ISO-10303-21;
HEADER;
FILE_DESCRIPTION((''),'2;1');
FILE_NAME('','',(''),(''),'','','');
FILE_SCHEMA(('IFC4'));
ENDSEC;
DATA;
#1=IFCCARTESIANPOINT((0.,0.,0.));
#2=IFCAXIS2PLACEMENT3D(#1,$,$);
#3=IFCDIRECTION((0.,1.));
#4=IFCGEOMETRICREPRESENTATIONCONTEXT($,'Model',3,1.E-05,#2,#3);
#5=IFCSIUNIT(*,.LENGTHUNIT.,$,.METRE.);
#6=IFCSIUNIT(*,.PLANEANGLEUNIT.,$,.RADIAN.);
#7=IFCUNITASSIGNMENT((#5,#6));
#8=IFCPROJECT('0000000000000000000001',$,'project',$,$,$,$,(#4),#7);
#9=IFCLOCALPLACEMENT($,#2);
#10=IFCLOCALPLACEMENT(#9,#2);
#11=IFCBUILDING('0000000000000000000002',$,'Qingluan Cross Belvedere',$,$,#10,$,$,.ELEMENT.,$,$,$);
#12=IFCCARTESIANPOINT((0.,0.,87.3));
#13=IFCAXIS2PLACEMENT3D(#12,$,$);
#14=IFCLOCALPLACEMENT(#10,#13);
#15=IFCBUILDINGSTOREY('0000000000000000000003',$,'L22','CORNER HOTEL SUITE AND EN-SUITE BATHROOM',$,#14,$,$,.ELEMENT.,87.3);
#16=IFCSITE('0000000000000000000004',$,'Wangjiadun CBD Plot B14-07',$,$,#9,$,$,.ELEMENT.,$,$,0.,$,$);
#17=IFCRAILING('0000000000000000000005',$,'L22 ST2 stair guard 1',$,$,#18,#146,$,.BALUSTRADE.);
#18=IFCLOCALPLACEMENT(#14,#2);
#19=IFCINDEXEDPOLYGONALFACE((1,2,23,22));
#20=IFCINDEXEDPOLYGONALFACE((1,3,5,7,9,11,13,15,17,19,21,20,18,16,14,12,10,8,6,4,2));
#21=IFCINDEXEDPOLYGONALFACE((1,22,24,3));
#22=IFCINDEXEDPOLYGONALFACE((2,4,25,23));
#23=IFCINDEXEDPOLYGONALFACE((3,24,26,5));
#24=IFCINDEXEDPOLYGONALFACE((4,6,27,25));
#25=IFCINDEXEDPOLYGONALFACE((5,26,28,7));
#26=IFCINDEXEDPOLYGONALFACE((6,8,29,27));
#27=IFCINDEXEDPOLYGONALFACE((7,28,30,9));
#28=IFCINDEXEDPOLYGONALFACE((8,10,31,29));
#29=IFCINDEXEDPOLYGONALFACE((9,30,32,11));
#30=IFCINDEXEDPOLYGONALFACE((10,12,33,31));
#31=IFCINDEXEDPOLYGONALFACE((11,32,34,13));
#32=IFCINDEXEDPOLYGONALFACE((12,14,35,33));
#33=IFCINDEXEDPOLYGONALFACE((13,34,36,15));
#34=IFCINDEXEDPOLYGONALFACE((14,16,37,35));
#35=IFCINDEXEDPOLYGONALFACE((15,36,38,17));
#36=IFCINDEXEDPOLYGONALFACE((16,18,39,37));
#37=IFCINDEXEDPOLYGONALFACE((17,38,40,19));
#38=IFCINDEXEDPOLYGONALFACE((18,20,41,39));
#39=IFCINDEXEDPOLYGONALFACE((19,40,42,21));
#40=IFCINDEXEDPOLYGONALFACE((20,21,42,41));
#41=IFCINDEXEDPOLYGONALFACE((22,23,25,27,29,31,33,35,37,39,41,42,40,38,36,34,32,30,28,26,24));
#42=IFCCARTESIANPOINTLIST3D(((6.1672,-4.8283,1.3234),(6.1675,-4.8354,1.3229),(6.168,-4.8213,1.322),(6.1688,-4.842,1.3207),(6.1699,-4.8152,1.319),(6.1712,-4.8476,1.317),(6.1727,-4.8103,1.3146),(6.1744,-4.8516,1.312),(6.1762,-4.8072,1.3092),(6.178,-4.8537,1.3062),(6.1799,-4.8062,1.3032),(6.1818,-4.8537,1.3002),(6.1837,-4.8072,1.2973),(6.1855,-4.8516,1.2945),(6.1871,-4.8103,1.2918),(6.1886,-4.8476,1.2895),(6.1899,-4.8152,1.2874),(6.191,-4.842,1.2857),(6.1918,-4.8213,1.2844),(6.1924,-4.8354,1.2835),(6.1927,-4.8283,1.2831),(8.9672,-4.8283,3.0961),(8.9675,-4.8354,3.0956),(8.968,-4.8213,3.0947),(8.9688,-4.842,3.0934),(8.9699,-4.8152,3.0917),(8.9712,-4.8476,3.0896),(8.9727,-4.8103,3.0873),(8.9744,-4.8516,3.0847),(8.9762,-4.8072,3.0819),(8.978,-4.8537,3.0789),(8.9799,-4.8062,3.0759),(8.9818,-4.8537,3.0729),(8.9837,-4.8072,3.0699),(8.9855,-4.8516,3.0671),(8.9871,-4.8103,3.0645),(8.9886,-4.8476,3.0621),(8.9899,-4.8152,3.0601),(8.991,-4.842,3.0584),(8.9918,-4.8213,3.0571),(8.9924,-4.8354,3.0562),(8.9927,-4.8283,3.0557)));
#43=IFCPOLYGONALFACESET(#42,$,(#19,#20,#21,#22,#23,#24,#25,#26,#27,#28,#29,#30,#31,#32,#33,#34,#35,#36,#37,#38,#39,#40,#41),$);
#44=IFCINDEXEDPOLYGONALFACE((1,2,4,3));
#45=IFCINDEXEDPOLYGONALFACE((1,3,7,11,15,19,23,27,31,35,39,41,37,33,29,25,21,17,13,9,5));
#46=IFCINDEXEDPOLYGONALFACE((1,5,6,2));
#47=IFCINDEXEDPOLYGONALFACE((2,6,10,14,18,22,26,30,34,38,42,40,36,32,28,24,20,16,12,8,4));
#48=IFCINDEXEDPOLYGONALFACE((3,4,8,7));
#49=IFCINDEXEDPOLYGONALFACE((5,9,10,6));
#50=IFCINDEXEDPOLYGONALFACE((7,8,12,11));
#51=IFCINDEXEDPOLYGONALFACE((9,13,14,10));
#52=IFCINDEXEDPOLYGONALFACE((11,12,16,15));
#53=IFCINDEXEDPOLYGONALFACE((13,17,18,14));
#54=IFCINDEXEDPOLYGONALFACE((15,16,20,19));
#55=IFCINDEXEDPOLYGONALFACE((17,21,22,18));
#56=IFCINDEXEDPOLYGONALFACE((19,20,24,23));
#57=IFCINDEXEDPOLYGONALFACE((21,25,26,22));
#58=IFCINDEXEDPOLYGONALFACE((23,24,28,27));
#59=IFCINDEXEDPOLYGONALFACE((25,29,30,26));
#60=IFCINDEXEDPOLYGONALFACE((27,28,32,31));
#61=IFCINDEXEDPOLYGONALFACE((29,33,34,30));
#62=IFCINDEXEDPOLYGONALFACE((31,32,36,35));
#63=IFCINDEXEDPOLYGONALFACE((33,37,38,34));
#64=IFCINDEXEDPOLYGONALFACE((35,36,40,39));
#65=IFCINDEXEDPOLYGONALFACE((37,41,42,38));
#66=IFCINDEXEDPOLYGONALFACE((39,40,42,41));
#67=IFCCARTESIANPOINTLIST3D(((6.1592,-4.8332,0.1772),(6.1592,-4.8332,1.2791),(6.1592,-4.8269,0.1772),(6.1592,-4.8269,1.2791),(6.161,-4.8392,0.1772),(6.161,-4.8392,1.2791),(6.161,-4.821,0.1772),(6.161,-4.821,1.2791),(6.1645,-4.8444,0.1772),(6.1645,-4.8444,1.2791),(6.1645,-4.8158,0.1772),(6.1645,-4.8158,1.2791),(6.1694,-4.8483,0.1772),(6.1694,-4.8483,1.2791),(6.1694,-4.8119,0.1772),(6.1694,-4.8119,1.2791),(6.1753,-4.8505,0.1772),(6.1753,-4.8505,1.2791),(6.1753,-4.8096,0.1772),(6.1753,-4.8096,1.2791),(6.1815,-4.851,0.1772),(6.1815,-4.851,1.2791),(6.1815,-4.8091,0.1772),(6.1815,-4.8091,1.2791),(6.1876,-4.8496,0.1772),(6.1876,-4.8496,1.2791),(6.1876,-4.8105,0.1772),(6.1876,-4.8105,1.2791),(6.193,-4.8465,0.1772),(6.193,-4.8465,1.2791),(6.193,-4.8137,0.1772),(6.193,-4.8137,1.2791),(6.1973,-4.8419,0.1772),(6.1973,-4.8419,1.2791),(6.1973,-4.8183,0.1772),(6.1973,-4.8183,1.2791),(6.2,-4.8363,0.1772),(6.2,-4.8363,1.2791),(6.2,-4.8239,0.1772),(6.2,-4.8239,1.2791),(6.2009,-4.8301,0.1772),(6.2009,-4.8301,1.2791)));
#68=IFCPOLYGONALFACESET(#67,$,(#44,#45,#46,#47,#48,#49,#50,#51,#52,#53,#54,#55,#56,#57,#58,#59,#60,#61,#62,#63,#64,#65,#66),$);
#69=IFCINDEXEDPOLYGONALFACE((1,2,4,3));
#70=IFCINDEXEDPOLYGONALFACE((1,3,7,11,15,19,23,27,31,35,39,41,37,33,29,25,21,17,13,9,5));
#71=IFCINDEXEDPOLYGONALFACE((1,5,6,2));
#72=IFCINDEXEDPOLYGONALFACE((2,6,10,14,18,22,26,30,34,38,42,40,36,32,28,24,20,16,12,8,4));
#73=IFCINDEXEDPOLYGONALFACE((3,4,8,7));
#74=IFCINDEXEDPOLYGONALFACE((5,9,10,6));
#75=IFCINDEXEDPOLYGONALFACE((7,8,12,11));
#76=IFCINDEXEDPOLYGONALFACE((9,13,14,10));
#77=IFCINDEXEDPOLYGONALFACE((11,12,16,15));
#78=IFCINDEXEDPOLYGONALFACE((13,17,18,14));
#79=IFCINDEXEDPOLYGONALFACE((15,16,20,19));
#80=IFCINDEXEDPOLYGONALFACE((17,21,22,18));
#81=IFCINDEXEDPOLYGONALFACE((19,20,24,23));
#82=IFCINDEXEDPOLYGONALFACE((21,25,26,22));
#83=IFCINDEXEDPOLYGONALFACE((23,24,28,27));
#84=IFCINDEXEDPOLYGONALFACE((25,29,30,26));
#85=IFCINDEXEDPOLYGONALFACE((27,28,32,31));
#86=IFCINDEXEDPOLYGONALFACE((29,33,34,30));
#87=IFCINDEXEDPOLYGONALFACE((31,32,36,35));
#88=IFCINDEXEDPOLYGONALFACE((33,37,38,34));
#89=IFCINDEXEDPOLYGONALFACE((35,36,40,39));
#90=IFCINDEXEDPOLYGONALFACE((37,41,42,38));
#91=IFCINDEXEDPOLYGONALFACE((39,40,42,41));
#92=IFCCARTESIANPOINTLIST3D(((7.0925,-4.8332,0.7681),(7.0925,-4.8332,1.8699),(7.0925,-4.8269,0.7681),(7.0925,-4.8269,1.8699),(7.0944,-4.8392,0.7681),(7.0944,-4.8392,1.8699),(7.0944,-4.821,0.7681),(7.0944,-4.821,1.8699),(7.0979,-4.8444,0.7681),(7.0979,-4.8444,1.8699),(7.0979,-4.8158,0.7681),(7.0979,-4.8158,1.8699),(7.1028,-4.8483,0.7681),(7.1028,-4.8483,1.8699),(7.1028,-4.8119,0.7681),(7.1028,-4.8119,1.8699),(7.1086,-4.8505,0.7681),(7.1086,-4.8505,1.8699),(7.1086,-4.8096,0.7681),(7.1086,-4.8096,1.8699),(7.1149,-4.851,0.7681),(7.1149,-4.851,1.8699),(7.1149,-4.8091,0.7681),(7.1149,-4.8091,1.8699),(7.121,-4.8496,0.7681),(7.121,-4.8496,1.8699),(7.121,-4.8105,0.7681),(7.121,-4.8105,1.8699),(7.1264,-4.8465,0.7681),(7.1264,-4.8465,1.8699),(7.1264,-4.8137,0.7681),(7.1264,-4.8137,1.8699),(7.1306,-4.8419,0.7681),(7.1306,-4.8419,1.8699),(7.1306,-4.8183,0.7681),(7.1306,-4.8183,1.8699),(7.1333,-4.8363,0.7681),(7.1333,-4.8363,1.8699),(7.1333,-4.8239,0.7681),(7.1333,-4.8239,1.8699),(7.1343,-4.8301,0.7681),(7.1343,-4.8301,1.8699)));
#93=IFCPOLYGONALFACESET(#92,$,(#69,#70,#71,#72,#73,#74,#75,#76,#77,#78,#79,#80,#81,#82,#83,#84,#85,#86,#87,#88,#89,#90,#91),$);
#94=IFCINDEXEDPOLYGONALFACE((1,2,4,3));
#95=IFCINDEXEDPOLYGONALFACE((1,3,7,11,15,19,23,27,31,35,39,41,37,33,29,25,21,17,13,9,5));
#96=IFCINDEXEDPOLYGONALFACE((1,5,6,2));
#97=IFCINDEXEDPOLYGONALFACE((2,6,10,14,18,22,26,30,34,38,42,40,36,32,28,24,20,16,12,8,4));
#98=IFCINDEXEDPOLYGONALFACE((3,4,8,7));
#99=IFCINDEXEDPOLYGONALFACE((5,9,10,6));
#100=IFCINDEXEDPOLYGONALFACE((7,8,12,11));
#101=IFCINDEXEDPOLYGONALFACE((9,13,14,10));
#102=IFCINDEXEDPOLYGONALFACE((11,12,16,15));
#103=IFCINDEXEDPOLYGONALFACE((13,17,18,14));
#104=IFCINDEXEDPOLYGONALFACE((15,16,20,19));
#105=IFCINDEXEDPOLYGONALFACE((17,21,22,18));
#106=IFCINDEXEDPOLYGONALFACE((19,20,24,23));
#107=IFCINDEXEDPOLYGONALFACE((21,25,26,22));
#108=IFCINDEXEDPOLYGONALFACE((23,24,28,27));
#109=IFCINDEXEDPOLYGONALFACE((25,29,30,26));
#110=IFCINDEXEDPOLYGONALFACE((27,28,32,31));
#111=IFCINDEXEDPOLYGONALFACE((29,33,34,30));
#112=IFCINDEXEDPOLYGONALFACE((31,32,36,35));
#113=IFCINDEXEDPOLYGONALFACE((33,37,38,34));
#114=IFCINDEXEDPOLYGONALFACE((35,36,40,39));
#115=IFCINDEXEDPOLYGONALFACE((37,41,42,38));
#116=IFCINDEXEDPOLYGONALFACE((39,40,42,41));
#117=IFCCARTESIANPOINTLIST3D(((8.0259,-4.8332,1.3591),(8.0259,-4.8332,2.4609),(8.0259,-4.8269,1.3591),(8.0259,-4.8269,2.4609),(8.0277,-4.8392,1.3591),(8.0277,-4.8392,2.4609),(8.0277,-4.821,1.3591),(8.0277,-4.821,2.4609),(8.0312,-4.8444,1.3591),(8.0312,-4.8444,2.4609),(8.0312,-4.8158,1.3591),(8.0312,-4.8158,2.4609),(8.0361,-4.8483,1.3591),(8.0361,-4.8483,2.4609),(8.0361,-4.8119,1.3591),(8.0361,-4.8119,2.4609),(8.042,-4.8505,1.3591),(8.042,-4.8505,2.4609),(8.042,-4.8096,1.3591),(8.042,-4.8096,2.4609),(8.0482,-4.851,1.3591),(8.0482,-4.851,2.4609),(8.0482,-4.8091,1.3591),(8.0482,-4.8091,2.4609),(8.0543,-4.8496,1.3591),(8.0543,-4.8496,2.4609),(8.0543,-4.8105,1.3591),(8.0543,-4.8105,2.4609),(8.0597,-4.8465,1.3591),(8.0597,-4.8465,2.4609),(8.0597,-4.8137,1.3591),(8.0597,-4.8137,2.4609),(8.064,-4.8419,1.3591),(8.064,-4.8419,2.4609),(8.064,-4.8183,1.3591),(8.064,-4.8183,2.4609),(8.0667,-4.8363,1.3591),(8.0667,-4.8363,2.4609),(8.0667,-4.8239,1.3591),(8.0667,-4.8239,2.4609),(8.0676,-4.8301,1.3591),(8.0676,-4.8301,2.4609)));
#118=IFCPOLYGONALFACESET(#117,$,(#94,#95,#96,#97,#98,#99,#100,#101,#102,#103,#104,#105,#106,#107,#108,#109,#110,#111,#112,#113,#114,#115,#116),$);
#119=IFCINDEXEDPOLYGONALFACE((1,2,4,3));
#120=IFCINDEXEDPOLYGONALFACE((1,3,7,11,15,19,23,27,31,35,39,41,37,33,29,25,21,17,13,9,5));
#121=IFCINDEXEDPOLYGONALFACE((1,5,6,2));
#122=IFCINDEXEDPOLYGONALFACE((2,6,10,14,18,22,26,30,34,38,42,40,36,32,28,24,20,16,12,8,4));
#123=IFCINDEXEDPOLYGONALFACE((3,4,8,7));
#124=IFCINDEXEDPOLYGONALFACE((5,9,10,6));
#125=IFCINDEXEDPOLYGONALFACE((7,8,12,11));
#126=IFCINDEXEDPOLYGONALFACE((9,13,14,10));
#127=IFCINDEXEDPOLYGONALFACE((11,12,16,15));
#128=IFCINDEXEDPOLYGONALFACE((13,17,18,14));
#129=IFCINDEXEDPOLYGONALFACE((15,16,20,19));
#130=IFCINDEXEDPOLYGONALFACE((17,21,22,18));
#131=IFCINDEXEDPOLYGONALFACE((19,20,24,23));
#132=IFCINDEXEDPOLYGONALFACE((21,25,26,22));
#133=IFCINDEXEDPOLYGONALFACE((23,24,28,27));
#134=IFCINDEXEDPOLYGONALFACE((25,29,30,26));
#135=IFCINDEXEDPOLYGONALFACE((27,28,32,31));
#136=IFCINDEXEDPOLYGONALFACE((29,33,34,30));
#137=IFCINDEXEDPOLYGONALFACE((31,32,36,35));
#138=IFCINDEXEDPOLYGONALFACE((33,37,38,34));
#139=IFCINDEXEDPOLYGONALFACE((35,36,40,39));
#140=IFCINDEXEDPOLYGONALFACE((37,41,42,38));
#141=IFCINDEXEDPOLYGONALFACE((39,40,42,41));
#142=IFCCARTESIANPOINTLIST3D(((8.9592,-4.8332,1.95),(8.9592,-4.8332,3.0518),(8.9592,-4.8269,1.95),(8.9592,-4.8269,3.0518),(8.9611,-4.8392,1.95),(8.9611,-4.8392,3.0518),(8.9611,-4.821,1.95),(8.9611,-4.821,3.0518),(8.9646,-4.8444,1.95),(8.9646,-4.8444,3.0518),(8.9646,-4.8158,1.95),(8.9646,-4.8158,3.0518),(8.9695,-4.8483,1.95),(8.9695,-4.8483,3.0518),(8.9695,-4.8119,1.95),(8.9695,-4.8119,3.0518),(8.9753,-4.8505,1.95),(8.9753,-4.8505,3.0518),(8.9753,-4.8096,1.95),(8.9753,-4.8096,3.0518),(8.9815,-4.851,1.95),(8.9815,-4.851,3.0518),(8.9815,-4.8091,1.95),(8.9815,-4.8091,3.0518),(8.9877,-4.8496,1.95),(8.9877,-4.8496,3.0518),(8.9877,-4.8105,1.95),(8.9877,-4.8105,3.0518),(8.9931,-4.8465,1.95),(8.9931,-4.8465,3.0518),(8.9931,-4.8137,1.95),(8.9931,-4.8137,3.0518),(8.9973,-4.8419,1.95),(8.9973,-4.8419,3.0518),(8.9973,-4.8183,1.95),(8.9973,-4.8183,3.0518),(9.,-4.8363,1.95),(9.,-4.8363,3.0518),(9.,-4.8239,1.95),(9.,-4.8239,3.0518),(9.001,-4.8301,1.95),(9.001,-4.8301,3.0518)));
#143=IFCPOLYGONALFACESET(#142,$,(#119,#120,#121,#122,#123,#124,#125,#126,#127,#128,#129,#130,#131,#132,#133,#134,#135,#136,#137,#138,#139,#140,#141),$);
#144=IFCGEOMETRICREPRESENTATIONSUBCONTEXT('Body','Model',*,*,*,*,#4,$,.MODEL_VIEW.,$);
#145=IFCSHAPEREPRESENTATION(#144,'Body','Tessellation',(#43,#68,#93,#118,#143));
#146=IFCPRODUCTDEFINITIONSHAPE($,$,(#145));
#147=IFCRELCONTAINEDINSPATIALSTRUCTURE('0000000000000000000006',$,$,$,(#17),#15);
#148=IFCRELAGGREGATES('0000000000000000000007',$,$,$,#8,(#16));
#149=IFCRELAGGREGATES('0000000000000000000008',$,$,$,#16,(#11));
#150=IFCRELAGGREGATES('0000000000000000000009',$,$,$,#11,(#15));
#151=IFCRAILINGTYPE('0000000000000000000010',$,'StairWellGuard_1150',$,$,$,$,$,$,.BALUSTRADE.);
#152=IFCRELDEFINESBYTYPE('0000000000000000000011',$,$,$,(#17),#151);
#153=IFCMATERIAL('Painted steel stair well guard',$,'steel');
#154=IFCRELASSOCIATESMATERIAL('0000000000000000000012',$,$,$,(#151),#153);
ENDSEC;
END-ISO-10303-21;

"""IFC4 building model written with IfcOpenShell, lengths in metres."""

from ifc_helpers import new_model, si_unit, direction, frame, origin, origin_2d, place, context, subcontext, project, spatial, circle, extrude, material, type_object, element, save


model = new_model("IFC4")

# Units and contexts
model_context = context("Model", 3, precision=1e-05, world=origin(), true_north=direction((0.0, 1.0)))
body_context = subcontext(model_context, "Body", "Model", "MODEL_VIEW")
ifc_project = project(units=[si_unit("LENGTHUNIT", "METRE"), si_unit("PLANEANGLEUNIT", "RADIAN")], contexts=[model_context])

# Site, building, storey
site_placement = place(None, origin())
site = spatial("IfcSite", under=ifc_project, at=site_placement, Name="Wangjiadun CBD Plot B14-07", CompositionType="ELEMENT", RefElevation=0.0)
building_placement = place(site_placement, origin())
building = spatial("IfcBuilding", under=site, at=building_placement, Name="Qingluan Cross Belvedere", CompositionType="ELEMENT")
storey_placement = place(building_placement, frame((0.0, 0.0, 87.3)))
storey = spatial("IfcBuildingStorey", under=building, at=storey_placement, Name="L22", Description="CORNER HOTEL SUITE AND EN-SUITE BATHROOM", CompositionType="ELEMENT", Elevation=87.3)

# Railing
ifc_material_1 = material(Name="Painted steel stair well guard", Category="steel")
railing_type_1 = type_object("IfcRailingType", Name="StairWellGuard_1150", PredefinedType="BALUSTRADE", material=ifc_material_1)
railing_1_placement = place(storey_placement, frame((6.1799, -4.8301, 0.1772)))
element("IfcRailing", 1, at=railing_1_placement, inside=storey, type_object=railing_type_1, Name="L22 ST2 stair guard 1", PredefinedType="BALUSTRADE", context=body_context, shape_type="SweptSolid", body=[
    extrude(circle(Radius=0.0239, at=origin_2d()), frame((0.0, 0.0, 1.126), z_axis=(0.844909, 0.0, 0.53491), x_axis=(0.0, 1.0, 0.0)), (0.0, 0.0, 1.0), 3.314),
    extrude(circle(Radius=0.021, at=origin_2d()), origin(), (0.0, 0.0, 1.0), 1.1018),
    extrude(circle(Radius=0.021, at=origin_2d()), frame((0.9333, 0.0, 0.5908)), (0.0, 0.0, 1.0), 1.1018),
    extrude(circle(Radius=0.021, at=origin_2d()), frame((1.8667, 0.0, 1.1819)), (0.0, 0.0, 1.0), 1.1018),
    extrude(circle(Radius=0.021, at=origin_2d()), frame((2.8, 0.0, 1.7727)), (0.0, 0.0, 1.0), 1.1018),
])

save(model, "model.ifc")
